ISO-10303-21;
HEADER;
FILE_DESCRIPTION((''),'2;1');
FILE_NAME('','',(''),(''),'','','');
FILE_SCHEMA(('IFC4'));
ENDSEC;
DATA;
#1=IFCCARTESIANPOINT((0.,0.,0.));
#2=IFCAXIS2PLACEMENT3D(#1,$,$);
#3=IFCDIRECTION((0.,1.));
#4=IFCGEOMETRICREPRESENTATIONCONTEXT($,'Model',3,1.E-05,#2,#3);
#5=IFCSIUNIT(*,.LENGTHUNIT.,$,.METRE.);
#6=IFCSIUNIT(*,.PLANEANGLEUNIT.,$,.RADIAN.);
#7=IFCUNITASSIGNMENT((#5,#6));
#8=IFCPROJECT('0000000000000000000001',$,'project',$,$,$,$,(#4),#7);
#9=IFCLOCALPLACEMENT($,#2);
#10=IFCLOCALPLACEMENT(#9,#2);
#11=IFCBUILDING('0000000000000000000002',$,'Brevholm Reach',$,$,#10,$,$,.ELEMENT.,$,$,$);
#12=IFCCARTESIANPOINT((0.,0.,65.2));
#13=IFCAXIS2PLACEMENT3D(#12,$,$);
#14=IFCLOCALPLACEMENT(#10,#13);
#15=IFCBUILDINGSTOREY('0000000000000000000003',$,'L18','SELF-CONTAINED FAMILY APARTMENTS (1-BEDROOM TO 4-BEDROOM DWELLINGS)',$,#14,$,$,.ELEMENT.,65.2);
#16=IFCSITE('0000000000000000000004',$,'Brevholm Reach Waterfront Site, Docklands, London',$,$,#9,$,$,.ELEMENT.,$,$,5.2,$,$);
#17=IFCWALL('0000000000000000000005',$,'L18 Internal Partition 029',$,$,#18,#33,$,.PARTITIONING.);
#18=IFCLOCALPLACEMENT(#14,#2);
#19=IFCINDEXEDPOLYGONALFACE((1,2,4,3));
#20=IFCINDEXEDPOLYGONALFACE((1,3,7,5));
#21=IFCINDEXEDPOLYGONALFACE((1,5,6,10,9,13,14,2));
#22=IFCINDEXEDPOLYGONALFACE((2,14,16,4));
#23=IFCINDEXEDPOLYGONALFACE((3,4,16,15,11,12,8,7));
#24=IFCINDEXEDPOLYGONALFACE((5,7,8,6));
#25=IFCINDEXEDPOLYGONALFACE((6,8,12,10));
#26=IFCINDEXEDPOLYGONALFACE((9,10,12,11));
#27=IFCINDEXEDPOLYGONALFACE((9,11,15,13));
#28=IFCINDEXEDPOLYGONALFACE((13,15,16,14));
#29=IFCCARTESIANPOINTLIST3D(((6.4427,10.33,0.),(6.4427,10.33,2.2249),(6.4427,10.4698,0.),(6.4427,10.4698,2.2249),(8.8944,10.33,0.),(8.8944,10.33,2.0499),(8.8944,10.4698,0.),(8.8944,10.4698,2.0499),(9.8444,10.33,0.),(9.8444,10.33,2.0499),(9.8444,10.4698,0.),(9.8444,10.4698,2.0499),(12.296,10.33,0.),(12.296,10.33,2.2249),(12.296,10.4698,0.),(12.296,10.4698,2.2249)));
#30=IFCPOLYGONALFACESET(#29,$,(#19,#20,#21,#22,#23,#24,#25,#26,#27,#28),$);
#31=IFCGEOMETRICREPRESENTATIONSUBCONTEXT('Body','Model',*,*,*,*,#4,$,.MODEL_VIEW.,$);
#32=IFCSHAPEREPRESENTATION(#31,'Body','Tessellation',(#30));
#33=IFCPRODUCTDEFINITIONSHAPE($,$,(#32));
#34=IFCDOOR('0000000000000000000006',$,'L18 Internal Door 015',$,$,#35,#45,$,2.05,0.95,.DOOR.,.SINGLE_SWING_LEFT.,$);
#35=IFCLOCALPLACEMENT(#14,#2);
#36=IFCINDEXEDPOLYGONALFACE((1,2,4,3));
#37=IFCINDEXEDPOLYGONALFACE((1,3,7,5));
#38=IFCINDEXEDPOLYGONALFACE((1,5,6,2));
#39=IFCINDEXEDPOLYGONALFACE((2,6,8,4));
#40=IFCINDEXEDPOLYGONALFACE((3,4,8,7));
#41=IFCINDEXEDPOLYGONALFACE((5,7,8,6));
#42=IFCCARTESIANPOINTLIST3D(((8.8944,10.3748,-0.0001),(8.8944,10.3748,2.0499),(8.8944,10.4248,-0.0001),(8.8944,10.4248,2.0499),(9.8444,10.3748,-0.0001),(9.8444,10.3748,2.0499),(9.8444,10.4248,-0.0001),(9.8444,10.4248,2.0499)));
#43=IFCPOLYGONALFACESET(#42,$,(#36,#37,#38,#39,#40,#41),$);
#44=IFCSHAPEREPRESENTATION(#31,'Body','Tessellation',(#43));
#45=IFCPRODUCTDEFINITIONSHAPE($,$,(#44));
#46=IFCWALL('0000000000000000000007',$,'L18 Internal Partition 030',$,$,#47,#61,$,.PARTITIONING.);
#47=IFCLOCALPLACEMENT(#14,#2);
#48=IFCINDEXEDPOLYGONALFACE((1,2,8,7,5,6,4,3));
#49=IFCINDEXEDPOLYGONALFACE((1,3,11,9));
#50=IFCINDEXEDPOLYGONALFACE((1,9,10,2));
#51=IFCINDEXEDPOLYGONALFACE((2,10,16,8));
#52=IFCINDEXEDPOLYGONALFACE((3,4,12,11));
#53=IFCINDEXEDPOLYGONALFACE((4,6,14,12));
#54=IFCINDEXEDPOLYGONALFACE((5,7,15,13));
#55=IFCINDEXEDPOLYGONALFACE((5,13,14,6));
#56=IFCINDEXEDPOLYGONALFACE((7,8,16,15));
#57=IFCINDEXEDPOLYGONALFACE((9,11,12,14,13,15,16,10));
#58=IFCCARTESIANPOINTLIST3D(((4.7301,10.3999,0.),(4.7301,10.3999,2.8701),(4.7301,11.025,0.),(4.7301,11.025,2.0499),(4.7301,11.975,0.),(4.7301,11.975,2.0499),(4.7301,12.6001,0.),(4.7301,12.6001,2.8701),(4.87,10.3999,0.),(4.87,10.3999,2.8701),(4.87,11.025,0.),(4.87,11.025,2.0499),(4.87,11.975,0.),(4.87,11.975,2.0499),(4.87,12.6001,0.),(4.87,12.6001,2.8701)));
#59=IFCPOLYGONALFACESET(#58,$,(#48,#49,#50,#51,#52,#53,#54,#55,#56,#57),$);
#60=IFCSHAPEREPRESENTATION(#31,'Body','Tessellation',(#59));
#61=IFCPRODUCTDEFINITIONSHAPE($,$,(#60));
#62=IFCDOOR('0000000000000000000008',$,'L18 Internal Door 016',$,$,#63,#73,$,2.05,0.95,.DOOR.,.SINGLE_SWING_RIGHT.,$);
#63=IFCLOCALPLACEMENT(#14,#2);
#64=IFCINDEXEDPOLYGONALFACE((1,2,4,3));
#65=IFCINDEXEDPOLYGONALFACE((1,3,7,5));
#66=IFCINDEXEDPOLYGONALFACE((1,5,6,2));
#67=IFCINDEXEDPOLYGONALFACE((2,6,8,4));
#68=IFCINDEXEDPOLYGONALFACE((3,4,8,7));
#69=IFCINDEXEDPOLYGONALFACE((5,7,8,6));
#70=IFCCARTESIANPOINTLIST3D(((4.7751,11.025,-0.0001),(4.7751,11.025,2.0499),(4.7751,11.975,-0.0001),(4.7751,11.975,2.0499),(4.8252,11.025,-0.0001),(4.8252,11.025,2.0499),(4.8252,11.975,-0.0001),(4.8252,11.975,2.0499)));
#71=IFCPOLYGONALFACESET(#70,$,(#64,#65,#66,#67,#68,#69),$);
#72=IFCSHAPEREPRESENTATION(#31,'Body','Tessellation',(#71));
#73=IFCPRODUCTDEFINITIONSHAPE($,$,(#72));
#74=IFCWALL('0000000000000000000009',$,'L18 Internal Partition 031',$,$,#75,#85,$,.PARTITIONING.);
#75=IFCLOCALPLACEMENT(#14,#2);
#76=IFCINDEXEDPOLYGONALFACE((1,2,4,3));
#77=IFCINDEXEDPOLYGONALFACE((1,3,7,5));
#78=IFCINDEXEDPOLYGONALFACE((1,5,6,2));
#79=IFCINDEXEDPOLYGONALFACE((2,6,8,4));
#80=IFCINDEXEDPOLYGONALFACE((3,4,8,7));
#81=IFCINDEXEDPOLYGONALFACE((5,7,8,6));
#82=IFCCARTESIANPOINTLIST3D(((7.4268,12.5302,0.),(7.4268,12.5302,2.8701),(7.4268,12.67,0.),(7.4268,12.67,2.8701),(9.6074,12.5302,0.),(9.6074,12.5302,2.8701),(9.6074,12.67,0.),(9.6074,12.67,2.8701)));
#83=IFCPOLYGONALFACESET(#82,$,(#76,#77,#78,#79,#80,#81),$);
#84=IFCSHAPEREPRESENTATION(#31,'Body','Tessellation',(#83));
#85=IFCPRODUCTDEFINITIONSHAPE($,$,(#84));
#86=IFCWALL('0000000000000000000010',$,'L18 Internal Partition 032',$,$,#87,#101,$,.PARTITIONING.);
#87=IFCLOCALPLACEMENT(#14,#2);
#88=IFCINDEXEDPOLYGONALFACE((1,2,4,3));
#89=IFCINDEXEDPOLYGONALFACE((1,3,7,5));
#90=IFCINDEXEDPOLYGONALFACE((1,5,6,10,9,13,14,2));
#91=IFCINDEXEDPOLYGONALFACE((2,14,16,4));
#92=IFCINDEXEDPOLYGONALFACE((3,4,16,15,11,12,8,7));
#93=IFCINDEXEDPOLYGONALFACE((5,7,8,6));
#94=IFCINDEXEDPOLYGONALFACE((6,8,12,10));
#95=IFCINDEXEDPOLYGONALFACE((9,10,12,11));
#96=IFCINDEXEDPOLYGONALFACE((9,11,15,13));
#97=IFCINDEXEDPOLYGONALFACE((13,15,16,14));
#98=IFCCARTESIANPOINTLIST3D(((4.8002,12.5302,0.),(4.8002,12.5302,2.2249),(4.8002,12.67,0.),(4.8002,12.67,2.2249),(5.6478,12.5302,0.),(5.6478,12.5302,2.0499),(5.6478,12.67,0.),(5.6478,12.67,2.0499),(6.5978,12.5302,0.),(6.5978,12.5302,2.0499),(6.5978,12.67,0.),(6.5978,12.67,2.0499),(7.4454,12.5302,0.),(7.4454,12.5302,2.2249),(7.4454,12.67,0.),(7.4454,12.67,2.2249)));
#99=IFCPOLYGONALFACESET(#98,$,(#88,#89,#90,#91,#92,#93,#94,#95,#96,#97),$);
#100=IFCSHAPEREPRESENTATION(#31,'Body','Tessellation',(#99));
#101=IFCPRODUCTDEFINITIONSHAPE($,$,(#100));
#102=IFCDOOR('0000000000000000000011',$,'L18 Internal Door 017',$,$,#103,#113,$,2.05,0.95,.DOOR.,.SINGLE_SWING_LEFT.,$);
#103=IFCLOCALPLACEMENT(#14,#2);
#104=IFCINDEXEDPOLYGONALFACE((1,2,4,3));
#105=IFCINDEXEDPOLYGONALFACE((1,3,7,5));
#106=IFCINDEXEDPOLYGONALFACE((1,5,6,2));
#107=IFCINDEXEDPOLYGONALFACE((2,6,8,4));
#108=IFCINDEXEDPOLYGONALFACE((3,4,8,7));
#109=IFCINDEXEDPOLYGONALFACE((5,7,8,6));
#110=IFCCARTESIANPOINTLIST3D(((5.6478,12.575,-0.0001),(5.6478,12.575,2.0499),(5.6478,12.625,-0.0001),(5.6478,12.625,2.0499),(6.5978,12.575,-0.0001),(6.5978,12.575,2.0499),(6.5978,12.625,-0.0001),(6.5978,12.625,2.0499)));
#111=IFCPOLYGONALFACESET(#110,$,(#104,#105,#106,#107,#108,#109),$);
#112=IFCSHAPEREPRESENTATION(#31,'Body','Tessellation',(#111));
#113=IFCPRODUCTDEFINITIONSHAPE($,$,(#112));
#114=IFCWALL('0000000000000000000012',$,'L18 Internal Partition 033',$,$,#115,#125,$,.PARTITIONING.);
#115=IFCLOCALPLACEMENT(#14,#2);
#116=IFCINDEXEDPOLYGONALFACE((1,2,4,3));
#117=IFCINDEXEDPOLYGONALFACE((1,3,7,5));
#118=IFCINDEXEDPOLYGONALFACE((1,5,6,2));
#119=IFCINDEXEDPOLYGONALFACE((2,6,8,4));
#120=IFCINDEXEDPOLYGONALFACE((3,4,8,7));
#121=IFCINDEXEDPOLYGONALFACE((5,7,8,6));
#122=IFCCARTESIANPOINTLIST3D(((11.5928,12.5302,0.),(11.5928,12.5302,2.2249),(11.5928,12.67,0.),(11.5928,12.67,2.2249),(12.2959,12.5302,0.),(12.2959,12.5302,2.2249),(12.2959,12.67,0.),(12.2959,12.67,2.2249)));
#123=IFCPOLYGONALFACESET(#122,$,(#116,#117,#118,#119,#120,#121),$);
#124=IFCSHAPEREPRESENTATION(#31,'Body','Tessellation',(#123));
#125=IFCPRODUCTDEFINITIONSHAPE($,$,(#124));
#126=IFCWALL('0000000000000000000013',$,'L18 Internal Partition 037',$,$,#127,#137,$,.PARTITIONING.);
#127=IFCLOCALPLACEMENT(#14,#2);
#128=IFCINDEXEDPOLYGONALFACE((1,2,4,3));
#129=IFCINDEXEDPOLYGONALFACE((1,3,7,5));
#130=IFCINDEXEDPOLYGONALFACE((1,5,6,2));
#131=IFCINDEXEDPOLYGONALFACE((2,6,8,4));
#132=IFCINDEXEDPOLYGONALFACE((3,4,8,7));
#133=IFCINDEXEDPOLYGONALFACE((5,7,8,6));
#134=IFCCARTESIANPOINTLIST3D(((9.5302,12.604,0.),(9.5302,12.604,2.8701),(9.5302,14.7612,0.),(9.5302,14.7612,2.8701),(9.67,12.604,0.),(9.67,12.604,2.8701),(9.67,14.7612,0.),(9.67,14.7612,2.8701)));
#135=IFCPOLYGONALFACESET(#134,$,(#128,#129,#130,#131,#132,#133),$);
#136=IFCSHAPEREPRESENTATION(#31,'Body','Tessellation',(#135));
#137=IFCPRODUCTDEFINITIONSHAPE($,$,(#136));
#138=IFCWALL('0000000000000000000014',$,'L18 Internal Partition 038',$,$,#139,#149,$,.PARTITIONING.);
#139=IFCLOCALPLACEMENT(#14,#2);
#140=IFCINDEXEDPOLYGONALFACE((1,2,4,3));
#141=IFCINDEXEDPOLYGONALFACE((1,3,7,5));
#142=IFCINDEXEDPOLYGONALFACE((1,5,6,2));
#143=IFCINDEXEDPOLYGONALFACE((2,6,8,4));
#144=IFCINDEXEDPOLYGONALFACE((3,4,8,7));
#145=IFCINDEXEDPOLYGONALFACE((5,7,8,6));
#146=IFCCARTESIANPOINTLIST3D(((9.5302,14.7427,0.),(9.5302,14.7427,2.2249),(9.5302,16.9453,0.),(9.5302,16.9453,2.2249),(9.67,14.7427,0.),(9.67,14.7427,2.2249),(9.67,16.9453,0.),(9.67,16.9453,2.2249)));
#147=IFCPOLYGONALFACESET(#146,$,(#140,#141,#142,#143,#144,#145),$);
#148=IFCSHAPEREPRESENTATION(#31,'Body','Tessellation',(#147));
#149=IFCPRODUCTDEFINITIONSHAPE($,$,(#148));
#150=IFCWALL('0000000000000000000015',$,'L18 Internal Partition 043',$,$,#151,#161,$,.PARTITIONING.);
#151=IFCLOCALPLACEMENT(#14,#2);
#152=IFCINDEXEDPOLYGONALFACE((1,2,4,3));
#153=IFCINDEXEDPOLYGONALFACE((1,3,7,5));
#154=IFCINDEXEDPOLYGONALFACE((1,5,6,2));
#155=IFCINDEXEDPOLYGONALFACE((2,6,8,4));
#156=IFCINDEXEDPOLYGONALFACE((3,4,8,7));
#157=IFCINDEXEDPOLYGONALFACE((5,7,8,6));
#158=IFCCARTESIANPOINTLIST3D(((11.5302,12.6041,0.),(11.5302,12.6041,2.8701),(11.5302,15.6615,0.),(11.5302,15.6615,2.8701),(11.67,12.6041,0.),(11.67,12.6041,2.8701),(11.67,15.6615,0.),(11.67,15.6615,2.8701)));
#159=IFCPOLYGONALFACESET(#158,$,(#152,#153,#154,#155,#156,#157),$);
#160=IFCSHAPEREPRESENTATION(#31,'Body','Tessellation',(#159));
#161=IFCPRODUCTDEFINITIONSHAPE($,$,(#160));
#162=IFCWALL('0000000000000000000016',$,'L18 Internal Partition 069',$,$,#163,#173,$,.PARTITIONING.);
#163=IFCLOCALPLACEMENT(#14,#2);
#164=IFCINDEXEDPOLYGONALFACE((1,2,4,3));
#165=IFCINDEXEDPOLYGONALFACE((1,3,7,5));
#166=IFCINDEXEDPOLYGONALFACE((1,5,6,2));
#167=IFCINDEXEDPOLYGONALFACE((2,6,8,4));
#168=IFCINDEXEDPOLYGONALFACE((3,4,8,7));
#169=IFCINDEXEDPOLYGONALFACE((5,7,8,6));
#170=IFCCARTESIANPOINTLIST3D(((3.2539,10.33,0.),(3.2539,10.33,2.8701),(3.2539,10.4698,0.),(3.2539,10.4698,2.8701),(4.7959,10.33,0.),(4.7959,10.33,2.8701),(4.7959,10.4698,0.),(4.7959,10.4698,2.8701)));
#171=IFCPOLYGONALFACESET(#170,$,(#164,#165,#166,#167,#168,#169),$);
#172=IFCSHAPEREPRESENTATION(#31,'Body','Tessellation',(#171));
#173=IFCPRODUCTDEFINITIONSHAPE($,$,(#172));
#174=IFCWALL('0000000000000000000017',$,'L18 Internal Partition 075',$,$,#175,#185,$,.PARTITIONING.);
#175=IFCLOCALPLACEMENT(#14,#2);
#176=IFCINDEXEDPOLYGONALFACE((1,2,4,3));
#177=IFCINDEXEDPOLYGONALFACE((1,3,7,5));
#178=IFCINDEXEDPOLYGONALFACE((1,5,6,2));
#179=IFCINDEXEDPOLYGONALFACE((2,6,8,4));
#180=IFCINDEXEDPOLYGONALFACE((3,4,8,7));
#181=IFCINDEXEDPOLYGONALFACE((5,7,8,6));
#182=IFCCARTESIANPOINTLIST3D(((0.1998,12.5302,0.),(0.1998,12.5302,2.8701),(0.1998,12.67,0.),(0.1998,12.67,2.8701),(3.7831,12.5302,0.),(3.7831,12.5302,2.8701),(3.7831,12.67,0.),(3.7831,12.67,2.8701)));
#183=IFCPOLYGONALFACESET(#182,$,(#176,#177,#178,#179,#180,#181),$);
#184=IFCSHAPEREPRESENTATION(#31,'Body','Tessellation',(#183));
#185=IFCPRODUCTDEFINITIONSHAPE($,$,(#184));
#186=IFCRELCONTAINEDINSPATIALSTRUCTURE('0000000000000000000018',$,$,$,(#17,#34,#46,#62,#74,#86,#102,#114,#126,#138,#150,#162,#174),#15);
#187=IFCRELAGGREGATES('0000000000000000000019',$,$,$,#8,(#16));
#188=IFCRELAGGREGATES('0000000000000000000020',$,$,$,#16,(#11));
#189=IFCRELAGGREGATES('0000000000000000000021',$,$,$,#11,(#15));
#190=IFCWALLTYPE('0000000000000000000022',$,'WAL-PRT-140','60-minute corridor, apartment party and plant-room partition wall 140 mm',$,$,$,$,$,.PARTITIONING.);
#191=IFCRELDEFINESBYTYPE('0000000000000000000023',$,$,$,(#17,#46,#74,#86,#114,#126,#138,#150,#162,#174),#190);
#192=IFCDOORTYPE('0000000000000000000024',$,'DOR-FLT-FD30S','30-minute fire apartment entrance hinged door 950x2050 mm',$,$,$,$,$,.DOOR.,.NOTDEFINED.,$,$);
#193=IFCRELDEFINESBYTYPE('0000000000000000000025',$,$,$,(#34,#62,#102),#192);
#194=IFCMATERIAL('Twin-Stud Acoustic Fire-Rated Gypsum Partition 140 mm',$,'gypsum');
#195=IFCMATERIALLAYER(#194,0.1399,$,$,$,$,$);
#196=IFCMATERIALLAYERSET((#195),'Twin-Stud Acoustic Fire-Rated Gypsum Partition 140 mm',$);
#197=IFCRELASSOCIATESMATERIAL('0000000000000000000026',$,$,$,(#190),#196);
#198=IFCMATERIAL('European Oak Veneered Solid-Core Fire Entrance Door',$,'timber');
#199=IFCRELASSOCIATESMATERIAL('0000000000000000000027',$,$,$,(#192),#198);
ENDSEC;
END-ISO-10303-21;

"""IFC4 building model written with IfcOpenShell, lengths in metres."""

from ifc_helpers import new_model, si_unit, direction, frame, frame_2d, origin, place, context, subcontext, project, spatial, rectangle, extrude, material, layer, layer_set, type_object, element, fill, save


model = new_model("IFC4")

# Units and contexts
model_context = context("Model", 3, precision=1e-05, world=origin(), true_north=direction((0.0, 1.0)))
body_context = subcontext(model_context, "Body", "Model", "MODEL_VIEW")
ifc_project = project(units=[si_unit("LENGTHUNIT", "METRE"), si_unit("PLANEANGLEUNIT", "RADIAN")], contexts=[model_context])

# Site, building, storey
site_placement = place(None, origin())
site = spatial("IfcSite", under=ifc_project, at=site_placement, Name="Brevholm Reach Waterfront Site, Docklands, London", CompositionType="ELEMENT", RefElevation=5.2)
building_placement = place(site_placement, origin())
building = spatial("IfcBuilding", under=site, at=building_placement, Name="Brevholm Reach", CompositionType="ELEMENT")
storey_placement = place(building_placement, frame((0.0, 0.0, 65.2)))
storey = spatial("IfcBuildingStorey", under=building, at=storey_placement, Name="L18", Description="SELF-CONTAINED FAMILY APARTMENTS (1-BEDROOM TO 4-BEDROOM DWELLINGS)", CompositionType="ELEMENT", Elevation=65.2)

# Shared definitions
ifc_material_1 = material(Name="Twin-Stud Acoustic Fire-Rated Gypsum Partition 140 mm", Category="gypsum")
ifc_layer_1 = layer(ifc_material_1, 0.1399)
ifc_layer_set_1 = layer_set([ifc_layer_1], Name="Twin-Stud Acoustic Fire-Rated Gypsum Partition 140 mm")
wall_type_1 = type_object("IfcWallType", Name="WAL-PRT-140", Description="60-minute corridor, apartment party and plant-room partition wall 140 mm", PredefinedType="PARTITIONING", material=ifc_layer_set_1)

# Walls, openings, doors
wall_1_placement = place(storey_placement, frame((6.4426, 10.3999, 0.0), z_axis=(0.0, 0.0, 1.0), x_axis=(1.0, 0.0, 0.0)))
wall_1 = element("IfcWall", 1, at=wall_1_placement, inside=storey, type_object=wall_type_1, Name="L18 Internal Partition 029", PredefinedType="PARTITIONING", context=body_context, shape_type="SweptSolid", body=[
    extrude(rectangle(XDim=5.8533, YDim=0.1399, at=frame_2d((2.9268, 0.0))), origin(), (0.0, 0.0, 1.0), 2.2249),
])
opening_1_placement = place(wall_1_placement, frame((2.4517, 0.0, 0.0)))
opening_1 = element("IfcOpeningElement", 2, at=opening_1_placement, cuts=wall_1, PredefinedType="OPENING", context=body_context, shape_type="SweptSolid", body=[
    extrude(rectangle(XDim=0.95, YDim=2.05, at=frame_2d((0.4751, 1.0249))), frame((0.0, 0.0798, 0.0), z_axis=(0.0, -1.0, 0.0), x_axis=(1.0, 0.0, 0.0)), (0.0, 0.0, 1.0), 0.1599),
])
ifc_material_2 = material(Name="European Oak Veneered Solid-Core Fire Entrance Door", Category="timber")
door_type_1 = type_object("IfcDoorType", Name="DOR-FLT-FD30S", Description="30-minute fire apartment entrance hinged door 950x2050 mm", OperationType="NOTDEFINED", PredefinedType="DOOR", material=ifc_material_2)
door_1_placement = place(opening_1_placement, origin())
door_1 = element("IfcDoor", 3, at=door_1_placement, inside=storey, type_object=door_type_1, Name="L18 Internal Door 015", OperationType="SINGLE_SWING_LEFT", OverallHeight=2.05, OverallWidth=0.95, PredefinedType="DOOR", context=body_context, shape_type="SweptSolid", body=[
    extrude(rectangle(XDim=0.95, YDim=2.05, at=frame_2d((0.4751, 1.0249))), frame((0.0, 0.0249, 0.0), z_axis=(0.0, -1.0, 0.0), x_axis=(1.0, 0.0, 0.0)), (0.0, 0.0, 1.0), 0.05),
])
fill(opening_1, door_1)
wall_2_placement = place(storey_placement, frame((4.8, 10.3999, 0.0), z_axis=(0.0, 0.0, 1.0), x_axis=(0.0, 1.0, 0.0)))
wall_2 = element("IfcWall", 4, at=wall_2_placement, inside=storey, type_object=wall_type_1, Name="L18 Internal Partition 030", PredefinedType="PARTITIONING", context=body_context, shape_type="SweptSolid", body=[
    extrude(rectangle(XDim=2.2002, YDim=0.1399, at=frame_2d((1.1001, 0.0))), origin(), (0.0, 0.0, 1.0), 2.8701),
])
opening_2_placement = place(wall_2_placement, frame((0.625, 0.0, 0.0)))
opening_2 = element("IfcOpeningElement", 5, at=opening_2_placement, cuts=wall_2, PredefinedType="OPENING", context=body_context, shape_type="SweptSolid", body=[
    extrude(rectangle(XDim=0.95, YDim=2.05, at=frame_2d((0.4751, 1.0249))), frame((0.0, 0.0798, 0.0), z_axis=(0.0, -1.0, 0.0), x_axis=(1.0, 0.0, 0.0)), (0.0, 0.0, 1.0), 0.1599),
])
door_2_placement = place(opening_2_placement, origin())
door_2 = element("IfcDoor", 6, at=door_2_placement, inside=storey, type_object=door_type_1, Name="L18 Internal Door 016", OperationType="SINGLE_SWING_RIGHT", OverallHeight=2.05, OverallWidth=0.95, PredefinedType="DOOR", context=body_context, shape_type="SweptSolid", body=[
    extrude(rectangle(XDim=0.95, YDim=2.05, at=frame_2d((0.4751, 1.0249))), frame((0.0, 0.0249, 0.0), z_axis=(0.0, -1.0, 0.0), x_axis=(1.0, 0.0, 0.0)), (0.0, 0.0, 1.0), 0.05),
])
fill(opening_2, door_2)

# Wall
wall_3_placement = place(storey_placement, frame((7.4268, 12.6001, 0.0), z_axis=(0.0, 0.0, 1.0), x_axis=(1.0, 0.0, 0.0)))
element("IfcWall", 7, at=wall_3_placement, inside=storey, type_object=wall_type_1, Name="L18 Internal Partition 031", PredefinedType="PARTITIONING", context=body_context, shape_type="SweptSolid", body=[
    extrude(rectangle(XDim=2.1807, YDim=0.1399, at=frame_2d((1.0903, 0.0))), origin(), (0.0, 0.0, 1.0), 2.8701),
])

# Wall, opening, door
wall_4_placement = place(storey_placement, frame((4.8, 12.6001, 0.0), z_axis=(0.0, 0.0, 1.0), x_axis=(1.0, 0.0, 0.0)))
wall_4 = element("IfcWall", 8, at=wall_4_placement, inside=storey, type_object=wall_type_1, Name="L18 Internal Partition 032", PredefinedType="PARTITIONING", context=body_context, shape_type="SweptSolid", body=[
    extrude(rectangle(XDim=2.6453, YDim=0.1399, at=frame_2d((1.3228, 0.0))), origin(), (0.0, 0.0, 1.0), 2.2249),
])
opening_3_placement = place(wall_4_placement, frame((0.8477, 0.0, 0.0)))
opening_3 = element("IfcOpeningElement", 9, at=opening_3_placement, cuts=wall_4, PredefinedType="OPENING", context=body_context, shape_type="SweptSolid", body=[
    extrude(rectangle(XDim=0.95, YDim=2.05, at=frame_2d((0.4751, 1.0249))), frame((0.0, 0.0798, 0.0), z_axis=(0.0, -1.0, 0.0), x_axis=(1.0, 0.0, 0.0)), (0.0, 0.0, 1.0), 0.1599),
])
door_3_placement = place(opening_3_placement, origin())
door_3 = element("IfcDoor", 10, at=door_3_placement, inside=storey, type_object=door_type_1, Name="L18 Internal Door 017", OperationType="SINGLE_SWING_LEFT", OverallHeight=2.05, OverallWidth=0.95, PredefinedType="DOOR", context=body_context, shape_type="SweptSolid", body=[
    extrude(rectangle(XDim=0.95, YDim=2.05, at=frame_2d((0.4751, 1.0249))), frame((0.0, 0.0249, 0.0), z_axis=(0.0, -1.0, 0.0), x_axis=(1.0, 0.0, 0.0)), (0.0, 0.0, 1.0), 0.05),
])
fill(opening_3, door_3)

# Walls
wall_5_placement = place(storey_placement, frame((11.5928, 12.6001, 0.0), z_axis=(0.0, 0.0, 1.0), x_axis=(1.0, 0.0, 0.0)))
element("IfcWall", 11, at=wall_5_placement, inside=storey, type_object=wall_type_1, Name="L18 Internal Partition 033", PredefinedType="PARTITIONING", context=body_context, shape_type="SweptSolid", body=[
    extrude(rectangle(XDim=0.7031, YDim=0.1399, at=frame_2d((0.3516, 0.0))), origin(), (0.0, 0.0, 1.0), 2.2249),
])
wall_6_placement = place(storey_placement, frame((9.6001, 12.604, 0.0), z_axis=(0.0, 0.0, 1.0), x_axis=(0.0, 1.0, 0.0)))
element("IfcWall", 12, at=wall_6_placement, inside=storey, type_object=wall_type_1, Name="L18 Internal Partition 037", PredefinedType="PARTITIONING", context=body_context, shape_type="SweptSolid", body=[
    extrude(rectangle(XDim=2.1572, YDim=0.1399, at=frame_2d((1.0786, 0.0))), origin(), (0.0, 0.0, 1.0), 2.8701),
])
wall_7_placement = place(storey_placement, frame((9.6001, 14.7427, 0.0), z_axis=(0.0, 0.0, 1.0), x_axis=(0.0, 1.0, 0.0)))
element("IfcWall", 13, at=wall_7_placement, inside=storey, type_object=wall_type_1, Name="L18 Internal Partition 038", PredefinedType="PARTITIONING", context=body_context, shape_type="SweptSolid", body=[
    extrude(rectangle(XDim=2.2026, YDim=0.1399, at=frame_2d((1.1013, 0.0))), origin(), (0.0, 0.0, 1.0), 2.2249),
])
wall_8_placement = place(storey_placement, frame((11.6001, 12.604, 0.0), z_axis=(0.0, 0.0, 1.0), x_axis=(0.0, 1.0, 0.0)))
element("IfcWall", 14, at=wall_8_placement, inside=storey, type_object=wall_type_1, Name="L18 Internal Partition 043", PredefinedType="PARTITIONING", context=body_context, shape_type="SweptSolid", body=[
    extrude(rectangle(XDim=3.0574, YDim=0.1399, at=frame_2d((1.5288, 0.0))), origin(), (0.0, 0.0, 1.0), 2.8701),
])
wall_9_placement = place(storey_placement, frame((3.2539, 10.3999, 0.0), z_axis=(0.0, 0.0, 1.0), x_axis=(1.0, 0.0, 0.0)))
element("IfcWall", 15, at=wall_9_placement, inside=storey, type_object=wall_type_1, Name="L18 Internal Partition 069", PredefinedType="PARTITIONING", context=body_context, shape_type="SweptSolid", body=[
    extrude(rectangle(XDim=1.542, YDim=0.1399, at=frame_2d((0.771, 0.0))), origin(), (0.0, 0.0, 1.0), 2.8701),
])
wall_10_placement = place(storey_placement, frame((0.2, 12.6001, 0.0), z_axis=(0.0, 0.0, 1.0), x_axis=(1.0, 0.0, 0.0)))
element("IfcWall", 16, at=wall_10_placement, inside=storey, type_object=wall_type_1, Name="L18 Internal Partition 075", PredefinedType="PARTITIONING", context=body_context, shape_type="SweptSolid", body=[
    extrude(rectangle(XDim=3.5833, YDim=0.1399, at=frame_2d((1.7915, 0.0))), origin(), (0.0, 0.0, 1.0), 2.8701),
])

save(model, "model.ifc")
